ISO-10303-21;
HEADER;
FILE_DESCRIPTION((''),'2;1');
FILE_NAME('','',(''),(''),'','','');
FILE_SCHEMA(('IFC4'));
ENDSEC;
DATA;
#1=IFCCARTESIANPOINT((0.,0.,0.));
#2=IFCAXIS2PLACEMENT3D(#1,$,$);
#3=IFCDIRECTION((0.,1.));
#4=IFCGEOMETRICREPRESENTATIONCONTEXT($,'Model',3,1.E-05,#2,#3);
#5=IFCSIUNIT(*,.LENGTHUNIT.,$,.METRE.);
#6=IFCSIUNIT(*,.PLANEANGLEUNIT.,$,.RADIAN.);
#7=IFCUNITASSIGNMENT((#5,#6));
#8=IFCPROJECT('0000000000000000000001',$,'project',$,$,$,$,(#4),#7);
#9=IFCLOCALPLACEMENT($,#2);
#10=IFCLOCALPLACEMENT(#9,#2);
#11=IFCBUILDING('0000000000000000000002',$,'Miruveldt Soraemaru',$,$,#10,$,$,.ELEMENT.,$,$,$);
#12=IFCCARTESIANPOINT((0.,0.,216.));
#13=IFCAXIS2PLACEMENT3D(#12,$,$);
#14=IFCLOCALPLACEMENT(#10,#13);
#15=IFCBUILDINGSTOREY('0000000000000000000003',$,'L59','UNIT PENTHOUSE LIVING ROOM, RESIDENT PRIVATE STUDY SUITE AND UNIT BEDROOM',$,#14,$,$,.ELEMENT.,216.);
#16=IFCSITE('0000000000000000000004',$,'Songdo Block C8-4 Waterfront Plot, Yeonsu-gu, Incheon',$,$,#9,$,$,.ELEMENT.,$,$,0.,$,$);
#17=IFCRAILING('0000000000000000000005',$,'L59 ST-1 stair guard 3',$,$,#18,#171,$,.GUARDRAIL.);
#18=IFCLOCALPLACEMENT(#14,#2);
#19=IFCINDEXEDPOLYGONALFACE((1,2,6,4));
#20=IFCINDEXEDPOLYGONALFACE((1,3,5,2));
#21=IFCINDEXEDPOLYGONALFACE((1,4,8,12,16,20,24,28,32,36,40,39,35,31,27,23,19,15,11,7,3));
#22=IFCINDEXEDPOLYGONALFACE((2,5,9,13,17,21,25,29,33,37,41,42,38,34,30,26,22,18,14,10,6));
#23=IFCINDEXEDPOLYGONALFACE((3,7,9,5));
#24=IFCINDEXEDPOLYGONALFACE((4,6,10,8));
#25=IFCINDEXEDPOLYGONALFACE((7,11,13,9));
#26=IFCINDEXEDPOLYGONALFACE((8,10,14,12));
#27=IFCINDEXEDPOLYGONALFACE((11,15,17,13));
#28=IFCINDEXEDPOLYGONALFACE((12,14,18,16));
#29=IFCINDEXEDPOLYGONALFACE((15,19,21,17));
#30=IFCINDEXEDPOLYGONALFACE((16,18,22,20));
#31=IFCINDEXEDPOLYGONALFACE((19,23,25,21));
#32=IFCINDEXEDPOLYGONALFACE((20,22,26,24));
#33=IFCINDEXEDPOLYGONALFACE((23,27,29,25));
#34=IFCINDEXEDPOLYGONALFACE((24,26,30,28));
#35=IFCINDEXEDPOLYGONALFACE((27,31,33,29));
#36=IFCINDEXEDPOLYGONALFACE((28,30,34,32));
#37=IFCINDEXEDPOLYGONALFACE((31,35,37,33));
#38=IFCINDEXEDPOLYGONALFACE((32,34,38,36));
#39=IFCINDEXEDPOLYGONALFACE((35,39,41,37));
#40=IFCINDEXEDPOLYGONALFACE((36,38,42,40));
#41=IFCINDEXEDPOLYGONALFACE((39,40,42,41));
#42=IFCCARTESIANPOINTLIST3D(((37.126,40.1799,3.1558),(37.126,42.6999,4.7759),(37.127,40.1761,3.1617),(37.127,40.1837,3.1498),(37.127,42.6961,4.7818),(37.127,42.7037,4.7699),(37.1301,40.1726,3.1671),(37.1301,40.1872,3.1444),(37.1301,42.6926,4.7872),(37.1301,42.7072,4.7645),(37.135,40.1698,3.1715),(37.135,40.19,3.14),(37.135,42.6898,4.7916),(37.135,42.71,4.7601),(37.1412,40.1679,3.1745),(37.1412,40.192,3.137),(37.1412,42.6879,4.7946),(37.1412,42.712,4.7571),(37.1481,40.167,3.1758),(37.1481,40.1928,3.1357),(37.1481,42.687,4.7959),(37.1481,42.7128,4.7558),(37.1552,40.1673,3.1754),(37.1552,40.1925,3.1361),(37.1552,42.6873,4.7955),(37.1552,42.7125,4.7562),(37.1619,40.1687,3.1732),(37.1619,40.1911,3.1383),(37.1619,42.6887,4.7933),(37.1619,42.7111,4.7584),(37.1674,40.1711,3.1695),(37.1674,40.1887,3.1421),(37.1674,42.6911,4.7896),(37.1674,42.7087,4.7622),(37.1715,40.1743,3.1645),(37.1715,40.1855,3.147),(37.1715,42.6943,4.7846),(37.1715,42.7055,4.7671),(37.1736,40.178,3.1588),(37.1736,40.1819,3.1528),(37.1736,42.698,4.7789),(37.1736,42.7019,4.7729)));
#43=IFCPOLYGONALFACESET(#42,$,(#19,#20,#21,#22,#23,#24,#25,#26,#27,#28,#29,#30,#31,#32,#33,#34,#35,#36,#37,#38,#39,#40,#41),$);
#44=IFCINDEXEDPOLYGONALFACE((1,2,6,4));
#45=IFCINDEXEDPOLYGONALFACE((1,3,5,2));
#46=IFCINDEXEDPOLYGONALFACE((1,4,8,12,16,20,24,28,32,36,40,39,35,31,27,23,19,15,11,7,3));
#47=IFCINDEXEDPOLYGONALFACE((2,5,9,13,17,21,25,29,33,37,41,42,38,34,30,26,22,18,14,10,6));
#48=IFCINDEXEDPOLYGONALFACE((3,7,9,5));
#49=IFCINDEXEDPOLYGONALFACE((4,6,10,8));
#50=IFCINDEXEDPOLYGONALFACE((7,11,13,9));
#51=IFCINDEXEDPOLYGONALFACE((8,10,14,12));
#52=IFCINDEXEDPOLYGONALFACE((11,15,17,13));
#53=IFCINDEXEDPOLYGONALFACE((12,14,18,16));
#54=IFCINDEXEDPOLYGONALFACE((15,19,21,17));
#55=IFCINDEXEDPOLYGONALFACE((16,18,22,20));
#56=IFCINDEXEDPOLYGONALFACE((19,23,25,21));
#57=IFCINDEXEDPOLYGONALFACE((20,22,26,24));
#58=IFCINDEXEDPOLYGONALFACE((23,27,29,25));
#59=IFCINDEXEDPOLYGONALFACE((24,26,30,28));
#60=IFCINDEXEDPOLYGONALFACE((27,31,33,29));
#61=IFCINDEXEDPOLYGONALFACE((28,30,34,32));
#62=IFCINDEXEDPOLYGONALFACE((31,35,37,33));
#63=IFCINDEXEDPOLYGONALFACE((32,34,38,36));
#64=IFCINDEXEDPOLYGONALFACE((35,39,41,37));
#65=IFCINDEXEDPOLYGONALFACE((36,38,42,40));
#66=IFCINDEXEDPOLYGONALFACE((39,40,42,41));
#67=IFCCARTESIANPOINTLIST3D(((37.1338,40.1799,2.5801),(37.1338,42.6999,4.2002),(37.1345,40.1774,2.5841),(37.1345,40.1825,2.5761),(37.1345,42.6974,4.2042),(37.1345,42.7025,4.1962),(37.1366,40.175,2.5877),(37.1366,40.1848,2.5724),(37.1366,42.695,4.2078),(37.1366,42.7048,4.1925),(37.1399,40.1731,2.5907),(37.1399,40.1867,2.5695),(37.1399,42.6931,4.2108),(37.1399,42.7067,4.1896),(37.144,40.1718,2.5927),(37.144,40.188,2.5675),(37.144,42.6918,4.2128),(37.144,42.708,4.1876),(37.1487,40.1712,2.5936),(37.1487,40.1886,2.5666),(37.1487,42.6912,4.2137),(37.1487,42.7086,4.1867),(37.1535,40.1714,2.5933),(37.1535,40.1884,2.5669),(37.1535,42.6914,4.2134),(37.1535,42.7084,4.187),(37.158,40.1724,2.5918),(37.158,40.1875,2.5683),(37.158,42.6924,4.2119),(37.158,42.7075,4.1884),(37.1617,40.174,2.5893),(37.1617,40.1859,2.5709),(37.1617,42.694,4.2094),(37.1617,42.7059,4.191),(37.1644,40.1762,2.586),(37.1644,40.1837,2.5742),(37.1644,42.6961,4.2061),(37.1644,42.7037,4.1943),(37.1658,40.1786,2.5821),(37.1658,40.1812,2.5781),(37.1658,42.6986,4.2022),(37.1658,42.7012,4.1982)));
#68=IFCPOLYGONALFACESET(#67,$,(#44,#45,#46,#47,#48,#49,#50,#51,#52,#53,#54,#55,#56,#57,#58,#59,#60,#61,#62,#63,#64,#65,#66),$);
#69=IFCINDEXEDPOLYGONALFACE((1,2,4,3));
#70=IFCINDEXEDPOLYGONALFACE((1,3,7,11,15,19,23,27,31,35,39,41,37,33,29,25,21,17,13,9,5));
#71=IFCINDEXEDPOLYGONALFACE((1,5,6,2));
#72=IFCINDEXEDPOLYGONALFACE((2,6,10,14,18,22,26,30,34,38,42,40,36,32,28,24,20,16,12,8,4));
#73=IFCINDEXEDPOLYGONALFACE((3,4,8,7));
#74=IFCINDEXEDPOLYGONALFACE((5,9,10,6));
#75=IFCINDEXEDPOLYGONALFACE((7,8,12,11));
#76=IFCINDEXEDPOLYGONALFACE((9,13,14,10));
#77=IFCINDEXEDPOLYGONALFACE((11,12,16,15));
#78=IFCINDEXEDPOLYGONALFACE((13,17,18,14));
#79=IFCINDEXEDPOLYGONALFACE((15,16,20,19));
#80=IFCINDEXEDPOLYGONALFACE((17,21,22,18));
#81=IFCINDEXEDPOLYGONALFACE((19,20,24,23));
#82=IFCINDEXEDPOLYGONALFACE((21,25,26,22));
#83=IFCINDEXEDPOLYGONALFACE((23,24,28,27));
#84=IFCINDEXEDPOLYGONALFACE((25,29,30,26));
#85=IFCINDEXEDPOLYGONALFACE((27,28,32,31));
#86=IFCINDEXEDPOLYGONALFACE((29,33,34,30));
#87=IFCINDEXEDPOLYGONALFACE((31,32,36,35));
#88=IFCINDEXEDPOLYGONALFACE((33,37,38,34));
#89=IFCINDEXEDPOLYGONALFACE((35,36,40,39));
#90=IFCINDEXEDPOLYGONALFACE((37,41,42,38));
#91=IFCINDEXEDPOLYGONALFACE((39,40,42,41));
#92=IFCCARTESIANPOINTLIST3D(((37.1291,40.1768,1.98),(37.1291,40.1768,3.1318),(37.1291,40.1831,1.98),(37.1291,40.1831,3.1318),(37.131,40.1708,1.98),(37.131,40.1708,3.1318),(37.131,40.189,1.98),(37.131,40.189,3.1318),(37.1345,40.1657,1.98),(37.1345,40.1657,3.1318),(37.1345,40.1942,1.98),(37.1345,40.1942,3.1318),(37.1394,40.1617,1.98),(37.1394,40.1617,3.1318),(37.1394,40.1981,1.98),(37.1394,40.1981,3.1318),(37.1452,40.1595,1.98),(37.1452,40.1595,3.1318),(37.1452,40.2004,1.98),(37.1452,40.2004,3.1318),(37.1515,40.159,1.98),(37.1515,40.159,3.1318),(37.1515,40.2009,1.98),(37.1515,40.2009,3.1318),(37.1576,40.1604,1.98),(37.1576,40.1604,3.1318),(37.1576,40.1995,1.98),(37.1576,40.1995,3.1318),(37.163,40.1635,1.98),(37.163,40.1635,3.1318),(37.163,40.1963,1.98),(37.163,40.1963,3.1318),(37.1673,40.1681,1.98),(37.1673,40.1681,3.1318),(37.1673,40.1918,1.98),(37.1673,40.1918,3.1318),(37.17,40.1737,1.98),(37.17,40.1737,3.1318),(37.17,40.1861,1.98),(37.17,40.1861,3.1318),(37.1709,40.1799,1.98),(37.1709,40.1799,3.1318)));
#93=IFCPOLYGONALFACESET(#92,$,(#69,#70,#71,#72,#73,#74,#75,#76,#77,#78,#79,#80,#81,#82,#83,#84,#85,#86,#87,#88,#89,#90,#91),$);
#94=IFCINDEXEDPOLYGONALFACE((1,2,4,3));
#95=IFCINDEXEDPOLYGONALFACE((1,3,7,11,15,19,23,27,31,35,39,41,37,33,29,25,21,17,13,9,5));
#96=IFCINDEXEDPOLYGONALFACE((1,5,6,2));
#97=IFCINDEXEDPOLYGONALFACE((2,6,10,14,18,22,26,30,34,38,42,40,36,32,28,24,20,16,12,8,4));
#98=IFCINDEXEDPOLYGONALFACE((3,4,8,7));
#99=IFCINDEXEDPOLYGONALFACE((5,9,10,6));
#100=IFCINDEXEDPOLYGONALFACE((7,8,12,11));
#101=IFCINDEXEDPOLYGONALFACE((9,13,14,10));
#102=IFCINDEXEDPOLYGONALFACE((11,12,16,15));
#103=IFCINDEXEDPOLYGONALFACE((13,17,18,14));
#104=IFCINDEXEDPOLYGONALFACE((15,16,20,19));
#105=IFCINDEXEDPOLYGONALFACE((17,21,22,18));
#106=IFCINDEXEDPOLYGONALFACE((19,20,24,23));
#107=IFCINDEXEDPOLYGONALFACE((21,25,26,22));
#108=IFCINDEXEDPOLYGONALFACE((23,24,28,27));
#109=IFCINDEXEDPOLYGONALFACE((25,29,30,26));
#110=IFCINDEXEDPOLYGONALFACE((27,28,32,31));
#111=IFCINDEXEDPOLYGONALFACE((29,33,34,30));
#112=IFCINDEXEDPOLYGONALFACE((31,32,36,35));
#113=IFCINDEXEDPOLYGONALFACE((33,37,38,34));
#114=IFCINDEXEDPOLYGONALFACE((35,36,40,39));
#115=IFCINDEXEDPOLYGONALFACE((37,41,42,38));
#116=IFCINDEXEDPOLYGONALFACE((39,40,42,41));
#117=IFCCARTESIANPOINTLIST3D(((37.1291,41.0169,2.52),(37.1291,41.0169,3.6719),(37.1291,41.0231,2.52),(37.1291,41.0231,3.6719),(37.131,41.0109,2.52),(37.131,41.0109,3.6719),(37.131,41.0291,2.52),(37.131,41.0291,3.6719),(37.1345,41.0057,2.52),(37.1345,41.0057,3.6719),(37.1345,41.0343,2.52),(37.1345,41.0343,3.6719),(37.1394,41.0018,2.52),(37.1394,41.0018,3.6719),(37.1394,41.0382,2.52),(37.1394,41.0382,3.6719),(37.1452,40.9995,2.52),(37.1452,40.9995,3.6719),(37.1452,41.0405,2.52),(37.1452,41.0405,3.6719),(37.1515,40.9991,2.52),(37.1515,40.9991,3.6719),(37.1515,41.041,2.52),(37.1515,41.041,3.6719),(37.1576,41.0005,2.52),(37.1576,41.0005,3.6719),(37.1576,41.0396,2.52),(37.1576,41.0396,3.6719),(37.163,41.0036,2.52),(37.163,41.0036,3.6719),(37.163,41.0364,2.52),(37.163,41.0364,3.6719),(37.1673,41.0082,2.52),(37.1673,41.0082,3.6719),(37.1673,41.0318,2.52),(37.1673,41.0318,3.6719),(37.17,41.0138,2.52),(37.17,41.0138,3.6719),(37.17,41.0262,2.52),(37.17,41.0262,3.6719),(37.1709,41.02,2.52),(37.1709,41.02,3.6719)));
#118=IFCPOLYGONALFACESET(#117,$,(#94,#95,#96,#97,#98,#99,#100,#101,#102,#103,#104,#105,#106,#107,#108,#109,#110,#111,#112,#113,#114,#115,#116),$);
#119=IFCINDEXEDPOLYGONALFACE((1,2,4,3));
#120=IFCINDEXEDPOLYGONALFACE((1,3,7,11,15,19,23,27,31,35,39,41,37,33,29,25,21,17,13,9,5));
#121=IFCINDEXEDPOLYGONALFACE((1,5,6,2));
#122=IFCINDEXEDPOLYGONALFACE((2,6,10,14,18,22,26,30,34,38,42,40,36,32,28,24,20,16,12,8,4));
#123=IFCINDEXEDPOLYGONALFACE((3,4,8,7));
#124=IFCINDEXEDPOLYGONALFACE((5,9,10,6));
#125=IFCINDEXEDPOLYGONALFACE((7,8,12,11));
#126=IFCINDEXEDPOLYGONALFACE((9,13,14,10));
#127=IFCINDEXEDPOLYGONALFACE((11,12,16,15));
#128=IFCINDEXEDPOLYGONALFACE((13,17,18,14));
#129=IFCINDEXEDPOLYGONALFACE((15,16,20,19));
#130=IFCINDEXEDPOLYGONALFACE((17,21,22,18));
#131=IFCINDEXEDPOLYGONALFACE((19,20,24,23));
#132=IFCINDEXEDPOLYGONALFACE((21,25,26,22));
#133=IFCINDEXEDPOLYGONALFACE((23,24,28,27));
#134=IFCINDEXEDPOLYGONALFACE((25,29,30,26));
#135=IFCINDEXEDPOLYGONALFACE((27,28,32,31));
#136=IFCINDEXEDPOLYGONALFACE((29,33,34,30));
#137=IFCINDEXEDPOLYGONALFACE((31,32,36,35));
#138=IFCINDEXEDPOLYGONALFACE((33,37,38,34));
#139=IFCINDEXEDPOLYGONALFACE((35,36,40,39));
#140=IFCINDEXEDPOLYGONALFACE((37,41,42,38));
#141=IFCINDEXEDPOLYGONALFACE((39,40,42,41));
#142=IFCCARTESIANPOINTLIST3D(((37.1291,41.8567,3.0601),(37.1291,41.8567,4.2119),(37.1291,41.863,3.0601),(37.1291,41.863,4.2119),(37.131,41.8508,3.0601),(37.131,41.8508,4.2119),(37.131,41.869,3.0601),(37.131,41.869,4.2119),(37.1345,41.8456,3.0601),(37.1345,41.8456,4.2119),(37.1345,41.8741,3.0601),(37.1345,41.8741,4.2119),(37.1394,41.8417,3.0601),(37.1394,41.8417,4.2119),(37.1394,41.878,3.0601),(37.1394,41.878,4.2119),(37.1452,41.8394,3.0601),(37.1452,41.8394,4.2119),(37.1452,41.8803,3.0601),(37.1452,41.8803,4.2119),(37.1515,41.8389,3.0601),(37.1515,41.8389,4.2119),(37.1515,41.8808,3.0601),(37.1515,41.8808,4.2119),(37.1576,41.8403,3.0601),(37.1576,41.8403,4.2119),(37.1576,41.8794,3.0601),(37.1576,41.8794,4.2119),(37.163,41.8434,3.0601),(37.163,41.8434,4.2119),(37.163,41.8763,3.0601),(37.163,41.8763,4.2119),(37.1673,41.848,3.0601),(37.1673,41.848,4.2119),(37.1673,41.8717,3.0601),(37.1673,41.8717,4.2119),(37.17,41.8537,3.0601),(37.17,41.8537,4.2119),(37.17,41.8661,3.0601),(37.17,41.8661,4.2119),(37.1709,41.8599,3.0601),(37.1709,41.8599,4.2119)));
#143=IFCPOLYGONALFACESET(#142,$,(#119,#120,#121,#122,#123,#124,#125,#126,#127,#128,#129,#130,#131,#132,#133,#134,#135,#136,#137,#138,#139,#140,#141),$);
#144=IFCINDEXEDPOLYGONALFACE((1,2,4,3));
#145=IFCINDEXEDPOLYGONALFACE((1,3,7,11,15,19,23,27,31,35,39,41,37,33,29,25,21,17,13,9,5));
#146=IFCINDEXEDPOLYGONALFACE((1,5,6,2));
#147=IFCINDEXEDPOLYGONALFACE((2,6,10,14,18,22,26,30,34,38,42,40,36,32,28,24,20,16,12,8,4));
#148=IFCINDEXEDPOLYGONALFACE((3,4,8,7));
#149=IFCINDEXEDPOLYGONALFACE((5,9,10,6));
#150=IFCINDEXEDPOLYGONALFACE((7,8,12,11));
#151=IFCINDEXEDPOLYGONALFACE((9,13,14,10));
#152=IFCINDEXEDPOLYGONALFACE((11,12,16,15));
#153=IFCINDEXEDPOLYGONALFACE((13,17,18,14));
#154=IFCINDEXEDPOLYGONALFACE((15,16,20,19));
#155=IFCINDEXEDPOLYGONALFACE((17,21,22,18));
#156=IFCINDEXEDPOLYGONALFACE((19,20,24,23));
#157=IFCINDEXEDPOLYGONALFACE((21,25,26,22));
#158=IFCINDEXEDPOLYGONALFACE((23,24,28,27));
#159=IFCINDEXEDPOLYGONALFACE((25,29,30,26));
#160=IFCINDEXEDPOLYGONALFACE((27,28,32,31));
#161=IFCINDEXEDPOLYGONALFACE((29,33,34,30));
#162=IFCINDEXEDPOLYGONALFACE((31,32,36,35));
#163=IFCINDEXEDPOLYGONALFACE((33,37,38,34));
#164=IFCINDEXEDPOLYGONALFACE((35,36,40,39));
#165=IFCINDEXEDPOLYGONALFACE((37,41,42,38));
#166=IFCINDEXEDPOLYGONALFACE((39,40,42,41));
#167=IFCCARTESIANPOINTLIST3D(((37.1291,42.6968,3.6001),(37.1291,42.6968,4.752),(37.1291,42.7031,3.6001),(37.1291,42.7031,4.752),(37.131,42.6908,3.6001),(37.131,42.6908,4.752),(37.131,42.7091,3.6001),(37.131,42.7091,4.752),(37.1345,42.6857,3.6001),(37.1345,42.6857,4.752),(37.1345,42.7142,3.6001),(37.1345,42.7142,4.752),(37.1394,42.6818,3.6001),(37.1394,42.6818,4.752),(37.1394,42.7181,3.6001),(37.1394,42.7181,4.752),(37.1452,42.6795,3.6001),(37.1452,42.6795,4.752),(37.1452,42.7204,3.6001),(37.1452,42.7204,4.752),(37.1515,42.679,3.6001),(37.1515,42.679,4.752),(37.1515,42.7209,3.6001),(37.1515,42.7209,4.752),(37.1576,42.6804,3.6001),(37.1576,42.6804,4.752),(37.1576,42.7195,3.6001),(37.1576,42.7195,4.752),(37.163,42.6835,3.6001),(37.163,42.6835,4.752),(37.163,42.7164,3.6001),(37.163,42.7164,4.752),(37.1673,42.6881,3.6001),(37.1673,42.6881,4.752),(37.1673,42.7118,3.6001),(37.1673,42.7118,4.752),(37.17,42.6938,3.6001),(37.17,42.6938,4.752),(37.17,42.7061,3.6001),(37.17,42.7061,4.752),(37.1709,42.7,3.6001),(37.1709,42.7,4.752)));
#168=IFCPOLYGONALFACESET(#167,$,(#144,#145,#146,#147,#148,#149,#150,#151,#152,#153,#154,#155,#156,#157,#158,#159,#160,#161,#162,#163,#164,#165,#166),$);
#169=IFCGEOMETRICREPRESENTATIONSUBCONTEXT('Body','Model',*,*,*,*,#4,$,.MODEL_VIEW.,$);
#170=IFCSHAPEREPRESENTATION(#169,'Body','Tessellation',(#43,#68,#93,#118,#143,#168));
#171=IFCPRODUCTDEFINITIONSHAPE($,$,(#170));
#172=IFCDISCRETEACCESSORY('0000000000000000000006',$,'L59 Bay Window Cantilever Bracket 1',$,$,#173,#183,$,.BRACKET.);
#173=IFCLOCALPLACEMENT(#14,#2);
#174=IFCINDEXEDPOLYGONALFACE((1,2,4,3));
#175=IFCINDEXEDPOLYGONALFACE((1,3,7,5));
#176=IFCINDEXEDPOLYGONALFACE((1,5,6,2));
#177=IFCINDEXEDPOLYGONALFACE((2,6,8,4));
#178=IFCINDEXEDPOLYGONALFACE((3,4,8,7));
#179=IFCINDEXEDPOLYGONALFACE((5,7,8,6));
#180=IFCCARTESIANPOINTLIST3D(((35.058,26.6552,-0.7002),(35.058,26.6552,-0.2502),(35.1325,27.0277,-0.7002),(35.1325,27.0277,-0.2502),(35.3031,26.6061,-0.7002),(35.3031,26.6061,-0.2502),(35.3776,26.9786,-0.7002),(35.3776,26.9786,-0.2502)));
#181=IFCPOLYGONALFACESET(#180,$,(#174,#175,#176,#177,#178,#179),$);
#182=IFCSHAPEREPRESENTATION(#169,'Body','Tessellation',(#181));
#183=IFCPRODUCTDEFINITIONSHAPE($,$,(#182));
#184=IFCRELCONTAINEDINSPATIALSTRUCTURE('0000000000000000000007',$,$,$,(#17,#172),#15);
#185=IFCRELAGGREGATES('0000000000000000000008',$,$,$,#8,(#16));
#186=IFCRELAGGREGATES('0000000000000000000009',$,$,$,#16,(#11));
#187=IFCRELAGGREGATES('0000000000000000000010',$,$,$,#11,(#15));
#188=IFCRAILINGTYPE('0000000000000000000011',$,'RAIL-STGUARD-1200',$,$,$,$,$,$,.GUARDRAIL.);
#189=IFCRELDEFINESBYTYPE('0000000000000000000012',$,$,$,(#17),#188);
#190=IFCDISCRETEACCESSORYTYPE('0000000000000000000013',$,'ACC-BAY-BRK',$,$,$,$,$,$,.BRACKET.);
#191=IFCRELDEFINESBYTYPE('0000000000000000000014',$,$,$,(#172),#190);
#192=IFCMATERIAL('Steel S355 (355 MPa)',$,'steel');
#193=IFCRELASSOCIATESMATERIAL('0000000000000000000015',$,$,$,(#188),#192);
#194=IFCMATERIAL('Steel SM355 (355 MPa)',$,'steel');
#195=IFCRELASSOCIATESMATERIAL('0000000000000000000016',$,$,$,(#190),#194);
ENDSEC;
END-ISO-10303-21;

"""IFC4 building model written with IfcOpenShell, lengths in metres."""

from ifc_helpers import new_model, si_unit, direction, frame, origin, origin_2d, place, context, subcontext, project, spatial, rectangle, circle, extrude, material, type_object, element, save


model = new_model("IFC4")

# Units and contexts
model_context = context("Model", 3, precision=1e-05, world=origin(), true_north=direction((0.0, 1.0)))
body_context = subcontext(model_context, "Body", "Model", "MODEL_VIEW")
ifc_project = project(units=[si_unit("LENGTHUNIT", "METRE"), si_unit("PLANEANGLEUNIT", "RADIAN")], contexts=[model_context])

# Site, building, storey
site_placement = place(None, origin())
site = spatial("IfcSite", under=ifc_project, at=site_placement, Name="Songdo Block C8-4 Waterfront Plot, Yeonsu-gu, Incheon", CompositionType="ELEMENT", RefElevation=0.0)
building_placement = place(site_placement, origin())
building = spatial("IfcBuilding", under=site, at=building_placement, Name="Miruveldt Soraemaru", CompositionType="ELEMENT")
storey_placement = place(building_placement, frame((0.0, 0.0, 216.0)))
storey = spatial("IfcBuildingStorey", under=building, at=storey_placement, Name="L59", Description="UNIT PENTHOUSE LIVING ROOM, RESIDENT PRIVATE STUDY SUITE AND UNIT BEDROOM", CompositionType="ELEMENT", Elevation=216.0)

# Shared definitions
ifc_material_1 = material(Name="Steel SM355 (355 MPa)", Category="steel")

# Railing
ifc_material_2 = material(Name="Steel S355 (355 MPa)", Category="steel")
railing_type = type_object("IfcRailingType", Name="RAIL-STGUARD-1200", PredefinedType="GUARDRAIL", material=ifc_material_2)
railing_1_placement = place(storey_placement, frame((37.1499, 40.1799, 1.98)))
element("IfcRailing", 1, at=railing_1_placement, inside=storey, type_object=railing_type, Name="L59 ST-1 stair guard 3", PredefinedType="GUARDRAIL", context=body_context, shape_type="SweptSolid", body=[
    extrude(circle(Radius=0.0239, at=origin_2d()), frame((0.0, 0.0, 1.1758), z_axis=(0.0, 0.841163, 0.540782), x_axis=(-1.0, 0.0, 0.0)), (0.0, 0.0, 1.0), 2.9958),
    extrude(circle(Radius=0.0161, at=origin_2d()), frame((0.0, 0.0, 0.6001), z_axis=(0.0, 0.841163, 0.540782), x_axis=(-1.0, 0.0, 0.0)), (0.0, 0.0, 1.0), 2.9958),
    extrude(circle(Radius=0.021, at=origin_2d()), origin(), (0.0, 0.0, 1.0), 1.1519),
    extrude(circle(Radius=0.021, at=origin_2d()), frame((0.0, 0.8401, 0.54)), (0.0, 0.0, 1.0), 1.1519),
    extrude(circle(Radius=0.021, at=origin_2d()), frame((0.0, 1.6799, 1.0801)), (0.0, 0.0, 1.0), 1.1519),
    extrude(circle(Radius=0.021, at=origin_2d()), frame((0.0, 2.52, 1.6201)), (0.0, 0.0, 1.0), 1.1519),
])

# Discrete accessory
discrete_accessory_type = type_object("IfcDiscreteAccessoryType", Name="ACC-BAY-BRK", PredefinedType="BRACKET", material=ifc_material_1)
discrete_accessory_placement = place(storey_placement, frame((35.2178, 26.8169, -0.7002), z_axis=(0.0, 0.0, 1.0), x_axis=(-0.196117, -0.98058, 0.0)))
element("IfcDiscreteAccessory", 2, at=discrete_accessory_placement, inside=storey, type_object=discrete_accessory_type, Name="L59 Bay Window Cantilever Bracket 1", PredefinedType="BRACKET", context=body_context, shape_type="SweptSolid", body=[
    extrude(rectangle(XDim=0.3799, YDim=0.25, at=origin_2d()), origin(), (0.0, 0.0, 1.0), 0.45),
])

save(model, "model.ifc")
